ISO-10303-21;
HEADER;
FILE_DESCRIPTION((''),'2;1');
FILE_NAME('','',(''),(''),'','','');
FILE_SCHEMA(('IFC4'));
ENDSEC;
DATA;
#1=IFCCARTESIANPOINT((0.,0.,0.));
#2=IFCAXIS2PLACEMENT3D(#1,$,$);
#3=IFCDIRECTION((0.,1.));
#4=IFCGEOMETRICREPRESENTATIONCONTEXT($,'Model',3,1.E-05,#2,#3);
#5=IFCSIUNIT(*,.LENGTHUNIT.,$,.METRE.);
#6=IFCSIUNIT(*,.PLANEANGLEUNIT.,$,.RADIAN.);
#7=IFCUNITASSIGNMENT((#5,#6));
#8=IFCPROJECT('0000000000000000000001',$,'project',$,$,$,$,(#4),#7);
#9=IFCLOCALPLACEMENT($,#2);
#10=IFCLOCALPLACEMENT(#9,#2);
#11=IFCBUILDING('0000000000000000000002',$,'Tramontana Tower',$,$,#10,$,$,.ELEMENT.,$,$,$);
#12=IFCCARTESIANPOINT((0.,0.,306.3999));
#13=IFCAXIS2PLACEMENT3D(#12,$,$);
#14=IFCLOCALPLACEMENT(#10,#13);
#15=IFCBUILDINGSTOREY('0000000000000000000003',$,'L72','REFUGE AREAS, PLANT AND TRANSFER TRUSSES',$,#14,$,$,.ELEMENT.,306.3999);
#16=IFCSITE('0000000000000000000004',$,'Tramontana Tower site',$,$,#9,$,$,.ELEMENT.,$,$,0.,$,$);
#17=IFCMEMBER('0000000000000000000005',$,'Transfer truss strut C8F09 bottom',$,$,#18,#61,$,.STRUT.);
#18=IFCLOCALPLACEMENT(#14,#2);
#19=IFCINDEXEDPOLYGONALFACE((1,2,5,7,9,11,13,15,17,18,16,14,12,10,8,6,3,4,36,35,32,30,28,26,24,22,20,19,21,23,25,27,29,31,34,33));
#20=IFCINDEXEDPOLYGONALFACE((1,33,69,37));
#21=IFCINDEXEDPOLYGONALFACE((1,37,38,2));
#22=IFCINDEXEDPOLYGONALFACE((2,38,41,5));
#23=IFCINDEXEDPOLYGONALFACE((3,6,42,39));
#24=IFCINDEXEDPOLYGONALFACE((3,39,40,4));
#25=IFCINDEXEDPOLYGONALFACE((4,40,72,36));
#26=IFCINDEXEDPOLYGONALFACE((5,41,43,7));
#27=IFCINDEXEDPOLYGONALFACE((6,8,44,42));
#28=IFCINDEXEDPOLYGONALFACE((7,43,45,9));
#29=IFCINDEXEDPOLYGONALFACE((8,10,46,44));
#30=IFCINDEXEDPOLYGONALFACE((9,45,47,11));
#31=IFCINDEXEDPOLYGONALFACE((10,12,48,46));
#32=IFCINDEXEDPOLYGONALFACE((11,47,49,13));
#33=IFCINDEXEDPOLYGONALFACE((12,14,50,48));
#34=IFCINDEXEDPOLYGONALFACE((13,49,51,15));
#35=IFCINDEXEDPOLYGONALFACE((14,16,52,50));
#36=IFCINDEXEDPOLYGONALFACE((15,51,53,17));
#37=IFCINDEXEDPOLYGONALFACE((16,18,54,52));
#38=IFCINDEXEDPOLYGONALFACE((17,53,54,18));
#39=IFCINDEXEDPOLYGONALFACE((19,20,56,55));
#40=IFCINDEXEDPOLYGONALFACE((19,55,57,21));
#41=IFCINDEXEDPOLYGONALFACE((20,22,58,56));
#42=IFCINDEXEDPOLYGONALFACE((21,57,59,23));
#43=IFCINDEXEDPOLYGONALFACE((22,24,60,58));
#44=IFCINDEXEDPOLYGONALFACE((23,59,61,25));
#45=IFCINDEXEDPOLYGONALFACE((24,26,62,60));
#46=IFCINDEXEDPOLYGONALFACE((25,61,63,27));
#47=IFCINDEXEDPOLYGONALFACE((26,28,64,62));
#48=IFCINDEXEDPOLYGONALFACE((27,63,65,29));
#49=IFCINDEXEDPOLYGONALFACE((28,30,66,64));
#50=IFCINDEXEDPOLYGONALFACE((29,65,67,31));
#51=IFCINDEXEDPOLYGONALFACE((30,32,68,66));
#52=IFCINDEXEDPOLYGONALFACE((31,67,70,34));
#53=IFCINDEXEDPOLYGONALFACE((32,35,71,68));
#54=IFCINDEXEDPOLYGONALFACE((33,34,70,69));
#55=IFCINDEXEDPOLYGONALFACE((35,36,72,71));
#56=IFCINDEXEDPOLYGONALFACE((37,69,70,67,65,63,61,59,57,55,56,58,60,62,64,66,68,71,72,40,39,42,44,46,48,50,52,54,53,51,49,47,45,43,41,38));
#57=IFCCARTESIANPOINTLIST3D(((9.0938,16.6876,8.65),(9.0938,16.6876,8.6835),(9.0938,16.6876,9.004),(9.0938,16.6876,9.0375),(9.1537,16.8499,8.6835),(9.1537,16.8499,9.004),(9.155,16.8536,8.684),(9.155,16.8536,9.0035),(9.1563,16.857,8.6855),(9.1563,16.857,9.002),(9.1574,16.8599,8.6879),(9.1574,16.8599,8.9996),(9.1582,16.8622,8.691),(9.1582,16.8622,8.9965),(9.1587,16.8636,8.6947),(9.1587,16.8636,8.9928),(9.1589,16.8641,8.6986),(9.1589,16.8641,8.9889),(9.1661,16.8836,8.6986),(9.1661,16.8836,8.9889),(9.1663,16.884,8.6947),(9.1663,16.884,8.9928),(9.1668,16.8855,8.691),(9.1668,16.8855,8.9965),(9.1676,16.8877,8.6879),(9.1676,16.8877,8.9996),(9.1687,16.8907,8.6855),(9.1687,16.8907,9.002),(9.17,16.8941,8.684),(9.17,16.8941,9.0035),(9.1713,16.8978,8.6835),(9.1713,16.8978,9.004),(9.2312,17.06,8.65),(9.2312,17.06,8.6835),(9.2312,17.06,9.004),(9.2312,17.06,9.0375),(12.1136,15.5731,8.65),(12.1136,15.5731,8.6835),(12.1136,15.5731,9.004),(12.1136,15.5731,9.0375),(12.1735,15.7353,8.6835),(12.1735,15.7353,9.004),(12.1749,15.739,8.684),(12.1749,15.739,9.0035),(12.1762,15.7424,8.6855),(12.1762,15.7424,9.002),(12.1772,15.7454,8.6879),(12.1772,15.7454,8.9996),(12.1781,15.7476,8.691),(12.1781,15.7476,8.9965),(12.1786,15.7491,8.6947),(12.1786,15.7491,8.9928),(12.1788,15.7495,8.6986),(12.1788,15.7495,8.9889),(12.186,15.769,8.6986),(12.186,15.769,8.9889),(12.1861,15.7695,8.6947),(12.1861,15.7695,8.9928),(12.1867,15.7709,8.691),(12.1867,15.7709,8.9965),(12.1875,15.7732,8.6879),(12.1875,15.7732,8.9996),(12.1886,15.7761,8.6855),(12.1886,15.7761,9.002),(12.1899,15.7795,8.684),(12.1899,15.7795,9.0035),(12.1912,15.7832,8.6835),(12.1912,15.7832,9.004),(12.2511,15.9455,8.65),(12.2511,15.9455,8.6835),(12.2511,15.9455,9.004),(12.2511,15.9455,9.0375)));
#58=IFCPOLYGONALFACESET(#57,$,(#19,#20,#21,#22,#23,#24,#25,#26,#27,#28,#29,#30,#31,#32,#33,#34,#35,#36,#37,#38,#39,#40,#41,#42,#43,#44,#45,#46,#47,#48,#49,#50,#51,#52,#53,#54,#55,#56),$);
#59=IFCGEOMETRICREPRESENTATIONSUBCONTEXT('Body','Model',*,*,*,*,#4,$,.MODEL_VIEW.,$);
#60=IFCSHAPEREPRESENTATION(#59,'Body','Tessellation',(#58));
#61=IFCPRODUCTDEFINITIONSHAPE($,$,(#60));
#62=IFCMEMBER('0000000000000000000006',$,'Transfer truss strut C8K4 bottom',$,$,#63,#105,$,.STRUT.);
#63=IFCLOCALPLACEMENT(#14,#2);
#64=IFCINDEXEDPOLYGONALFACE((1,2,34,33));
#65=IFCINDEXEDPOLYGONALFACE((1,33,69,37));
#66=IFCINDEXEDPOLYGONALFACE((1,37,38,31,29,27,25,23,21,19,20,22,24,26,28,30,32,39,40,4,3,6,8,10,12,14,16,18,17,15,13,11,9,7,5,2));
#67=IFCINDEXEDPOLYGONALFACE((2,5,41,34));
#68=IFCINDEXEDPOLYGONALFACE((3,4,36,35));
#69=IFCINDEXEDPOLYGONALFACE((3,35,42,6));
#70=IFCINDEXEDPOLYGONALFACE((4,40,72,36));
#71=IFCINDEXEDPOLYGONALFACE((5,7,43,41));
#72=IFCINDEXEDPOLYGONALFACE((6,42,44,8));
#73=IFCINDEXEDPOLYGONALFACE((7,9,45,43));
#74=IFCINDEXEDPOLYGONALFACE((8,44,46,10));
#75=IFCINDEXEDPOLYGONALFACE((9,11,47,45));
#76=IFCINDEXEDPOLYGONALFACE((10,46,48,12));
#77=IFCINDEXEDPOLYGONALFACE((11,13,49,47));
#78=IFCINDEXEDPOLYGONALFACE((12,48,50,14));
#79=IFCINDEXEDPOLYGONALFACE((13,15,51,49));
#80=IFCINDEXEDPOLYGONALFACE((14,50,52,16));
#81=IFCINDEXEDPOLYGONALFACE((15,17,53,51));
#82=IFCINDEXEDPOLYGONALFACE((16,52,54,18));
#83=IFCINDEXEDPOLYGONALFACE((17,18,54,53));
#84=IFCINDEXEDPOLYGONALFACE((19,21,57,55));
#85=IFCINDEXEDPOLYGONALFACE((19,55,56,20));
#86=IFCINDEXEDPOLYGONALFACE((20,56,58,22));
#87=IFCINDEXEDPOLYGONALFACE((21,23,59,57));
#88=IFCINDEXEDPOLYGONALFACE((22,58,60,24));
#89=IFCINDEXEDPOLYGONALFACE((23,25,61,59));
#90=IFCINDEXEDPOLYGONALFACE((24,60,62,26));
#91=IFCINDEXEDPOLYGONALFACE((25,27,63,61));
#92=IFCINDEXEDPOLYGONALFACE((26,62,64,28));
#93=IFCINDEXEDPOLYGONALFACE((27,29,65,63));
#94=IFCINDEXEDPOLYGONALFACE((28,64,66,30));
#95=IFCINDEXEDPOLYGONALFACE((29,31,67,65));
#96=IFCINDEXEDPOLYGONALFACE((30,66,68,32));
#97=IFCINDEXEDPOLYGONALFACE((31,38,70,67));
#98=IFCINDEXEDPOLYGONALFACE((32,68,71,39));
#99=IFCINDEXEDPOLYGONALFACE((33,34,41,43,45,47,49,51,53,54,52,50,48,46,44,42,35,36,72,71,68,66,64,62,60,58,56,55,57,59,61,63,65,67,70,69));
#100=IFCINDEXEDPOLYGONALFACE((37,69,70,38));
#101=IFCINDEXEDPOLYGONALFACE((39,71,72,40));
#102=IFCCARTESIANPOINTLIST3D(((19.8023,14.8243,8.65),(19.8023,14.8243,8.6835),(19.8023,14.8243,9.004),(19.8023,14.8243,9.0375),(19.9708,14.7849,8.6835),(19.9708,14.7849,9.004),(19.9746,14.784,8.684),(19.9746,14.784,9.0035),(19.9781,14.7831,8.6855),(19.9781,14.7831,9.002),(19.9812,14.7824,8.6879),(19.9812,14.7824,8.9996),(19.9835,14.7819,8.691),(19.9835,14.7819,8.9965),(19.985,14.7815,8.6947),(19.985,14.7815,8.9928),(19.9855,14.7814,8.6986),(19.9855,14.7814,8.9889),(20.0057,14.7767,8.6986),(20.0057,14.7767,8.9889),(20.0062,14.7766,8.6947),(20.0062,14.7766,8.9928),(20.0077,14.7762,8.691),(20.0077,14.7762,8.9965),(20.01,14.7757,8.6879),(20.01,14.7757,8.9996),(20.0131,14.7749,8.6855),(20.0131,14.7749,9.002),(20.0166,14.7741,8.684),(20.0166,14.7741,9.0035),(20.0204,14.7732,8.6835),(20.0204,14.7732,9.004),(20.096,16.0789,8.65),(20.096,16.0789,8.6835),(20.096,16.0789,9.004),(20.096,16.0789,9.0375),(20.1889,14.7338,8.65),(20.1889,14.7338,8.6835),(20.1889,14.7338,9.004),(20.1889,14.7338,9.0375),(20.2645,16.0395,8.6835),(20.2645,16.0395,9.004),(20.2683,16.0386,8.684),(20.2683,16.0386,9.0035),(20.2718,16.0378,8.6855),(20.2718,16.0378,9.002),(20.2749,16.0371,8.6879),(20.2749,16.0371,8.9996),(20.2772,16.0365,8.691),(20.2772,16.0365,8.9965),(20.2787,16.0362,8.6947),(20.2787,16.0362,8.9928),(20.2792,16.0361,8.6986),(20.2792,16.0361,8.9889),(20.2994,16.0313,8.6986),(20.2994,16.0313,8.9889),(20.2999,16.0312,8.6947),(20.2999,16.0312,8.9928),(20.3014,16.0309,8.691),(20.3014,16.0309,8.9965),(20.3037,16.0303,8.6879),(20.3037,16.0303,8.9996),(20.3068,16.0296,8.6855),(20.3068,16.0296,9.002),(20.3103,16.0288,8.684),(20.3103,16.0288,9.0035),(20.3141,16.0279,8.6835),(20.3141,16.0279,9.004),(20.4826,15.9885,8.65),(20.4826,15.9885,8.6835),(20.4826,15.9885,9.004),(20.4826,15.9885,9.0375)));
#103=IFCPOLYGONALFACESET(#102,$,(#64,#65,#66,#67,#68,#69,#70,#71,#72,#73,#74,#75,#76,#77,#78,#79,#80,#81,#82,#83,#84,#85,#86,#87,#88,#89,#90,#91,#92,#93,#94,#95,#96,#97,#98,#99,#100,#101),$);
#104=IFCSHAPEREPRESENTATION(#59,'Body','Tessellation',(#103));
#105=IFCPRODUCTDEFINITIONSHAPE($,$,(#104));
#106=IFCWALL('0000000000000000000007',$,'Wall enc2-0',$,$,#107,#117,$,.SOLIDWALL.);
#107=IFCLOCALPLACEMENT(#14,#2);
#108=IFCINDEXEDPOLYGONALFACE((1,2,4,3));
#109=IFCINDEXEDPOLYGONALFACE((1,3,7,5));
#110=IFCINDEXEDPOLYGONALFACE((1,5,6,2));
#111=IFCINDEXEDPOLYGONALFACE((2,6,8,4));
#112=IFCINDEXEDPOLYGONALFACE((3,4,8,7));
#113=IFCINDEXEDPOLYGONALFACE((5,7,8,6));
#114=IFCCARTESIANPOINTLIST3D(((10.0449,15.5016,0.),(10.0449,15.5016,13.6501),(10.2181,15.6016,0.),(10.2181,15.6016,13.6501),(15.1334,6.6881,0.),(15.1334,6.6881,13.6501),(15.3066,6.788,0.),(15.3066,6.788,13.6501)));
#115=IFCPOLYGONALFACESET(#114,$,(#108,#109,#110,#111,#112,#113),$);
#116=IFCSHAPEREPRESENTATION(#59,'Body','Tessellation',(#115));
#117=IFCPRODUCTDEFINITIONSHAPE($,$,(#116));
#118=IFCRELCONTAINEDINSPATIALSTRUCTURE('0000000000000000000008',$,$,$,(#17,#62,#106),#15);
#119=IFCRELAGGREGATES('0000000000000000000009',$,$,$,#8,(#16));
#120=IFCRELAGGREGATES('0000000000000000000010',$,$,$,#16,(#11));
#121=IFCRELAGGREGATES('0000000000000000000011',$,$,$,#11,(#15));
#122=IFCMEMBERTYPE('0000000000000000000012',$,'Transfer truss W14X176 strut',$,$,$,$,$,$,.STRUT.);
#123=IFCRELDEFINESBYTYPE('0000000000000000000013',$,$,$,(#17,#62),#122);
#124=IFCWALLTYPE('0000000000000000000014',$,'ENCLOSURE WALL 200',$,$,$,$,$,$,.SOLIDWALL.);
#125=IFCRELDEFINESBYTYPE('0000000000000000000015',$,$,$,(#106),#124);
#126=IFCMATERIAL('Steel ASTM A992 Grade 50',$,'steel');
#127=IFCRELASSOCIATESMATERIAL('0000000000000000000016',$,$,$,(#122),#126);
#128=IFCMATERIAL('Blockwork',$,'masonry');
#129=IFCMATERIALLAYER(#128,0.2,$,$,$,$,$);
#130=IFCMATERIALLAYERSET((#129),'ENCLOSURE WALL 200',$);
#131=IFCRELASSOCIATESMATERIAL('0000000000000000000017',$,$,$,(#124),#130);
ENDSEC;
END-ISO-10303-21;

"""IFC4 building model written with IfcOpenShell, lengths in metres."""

from ifc_helpers import new_model, si_unit, direction, frame, frame_2d, origin, origin_2d, place, context, subcontext, project, spatial, rectangle, i_section, extrude, material, layer, layer_set, material_profile, profile_set, type_object, element, save


model = new_model("IFC4")

# Units and contexts
model_context = context("Model", 3, precision=1e-05, world=origin(), true_north=direction((0.0, 1.0)))
body_context = subcontext(model_context, "Body", "Model", "MODEL_VIEW")
ifc_project = project(units=[si_unit("LENGTHUNIT", "METRE"), si_unit("PLANEANGLEUNIT", "RADIAN")], contexts=[model_context])

# Site, building, storey
site_placement = place(None, origin())
site = spatial("IfcSite", under=ifc_project, at=site_placement, Name="Tramontana Tower site", CompositionType="ELEMENT", RefElevation=0.0)
building_placement = place(site_placement, origin())
building = spatial("IfcBuilding", under=site, at=building_placement, Name="Tramontana Tower", CompositionType="ELEMENT")
storey_placement = place(building_placement, frame((0.0, 0.0, 306.3999)))
storey = spatial("IfcBuildingStorey", under=building, at=storey_placement, Name="L72", Description="REFUGE AREAS, PLANT AND TRANSFER TRUSSES", CompositionType="ELEMENT", Elevation=306.3999)

# Members
ifc_material_1 = material(Name="Steel ASTM A992 Grade 50", Category="steel")
ifc_material_profile_1 = material_profile(ifc_material_1, i_section(OverallWidth=0.397, OverallDepth=0.3875, WebThickness=0.0208, FlangeThickness=0.0334, FilletRadius=0.0151, at=origin_2d()), Name="W14X176")
ifc_profile_set_1 = profile_set([ifc_material_profile_1], Name="Steel ASTM A992 Grade 50")
member_type_1 = type_object("IfcMemberType", Name="Transfer truss W14X176 strut", PredefinedType="STRUT", material=ifc_profile_set_1)
member_1_placement = place(storey_placement, frame((12.1824, 15.7593, 8.8438), z_axis=(-0.938146, 0.34624, 0.0), x_axis=(-0.34624, -0.938146, 0.0)))
element("IfcMember", 1, at=member_1_placement, inside=storey, type_object=member_type_1, Name="Transfer truss strut C8F09 bottom", PredefinedType="STRUT", context=body_context, shape_type="SweptSolid", body=[
    extrude(i_section(OverallWidth=0.397, OverallDepth=0.3875, WebThickness=0.0208, FlangeThickness=0.0334, FilletRadius=0.0151, at=origin_2d()), origin(), (0.0, 0.0, 1.0), 3.219),
])
member_2_placement = place(storey_placement, frame((20.2893, 16.0337, 8.8438), z_axis=(-0.22793, -0.973677, 0.0), x_axis=(0.973677, -0.22793, 0.0)))
element("IfcMember", 2, at=member_2_placement, inside=storey, type_object=member_type_1, Name="Transfer truss strut C8K4 bottom", PredefinedType="STRUT", context=body_context, shape_type="SweptSolid", body=[
    extrude(i_section(OverallWidth=0.397, OverallDepth=0.3875, WebThickness=0.0208, FlangeThickness=0.0334, FilletRadius=0.0151, at=origin_2d()), origin(), (0.0, 0.0, 1.0), 1.2886),
])

# Wall
ifc_material_2 = material(Name="Blockwork", Category="masonry")
ifc_layer_1 = layer(ifc_material_2, 0.2)
ifc_layer_set_1 = layer_set([ifc_layer_1], Name="ENCLOSURE WALL 200")
wall_type = type_object("IfcWallType", Name="ENCLOSURE WALL 200", PredefinedType="SOLIDWALL", material=ifc_layer_set_1)
wall_placement = place(storey_placement, frame((10.1316, 15.5515, 0.0), z_axis=(0.0, 0.0, 1.0), x_axis=(0.499994, -0.866029, 0.0)))
element("IfcWall", 3, at=wall_placement, inside=storey, type_object=wall_type, Name="Wall enc2-0", PredefinedType="SOLIDWALL", context=body_context, shape_type="SweptSolid", body=[
    extrude(rectangle(XDim=10.177, YDim=0.2, at=frame_2d((5.0884, 0.0))), origin(), (0.0, 0.0, 1.0), 13.6501),
])

save(model, "model.ifc")
